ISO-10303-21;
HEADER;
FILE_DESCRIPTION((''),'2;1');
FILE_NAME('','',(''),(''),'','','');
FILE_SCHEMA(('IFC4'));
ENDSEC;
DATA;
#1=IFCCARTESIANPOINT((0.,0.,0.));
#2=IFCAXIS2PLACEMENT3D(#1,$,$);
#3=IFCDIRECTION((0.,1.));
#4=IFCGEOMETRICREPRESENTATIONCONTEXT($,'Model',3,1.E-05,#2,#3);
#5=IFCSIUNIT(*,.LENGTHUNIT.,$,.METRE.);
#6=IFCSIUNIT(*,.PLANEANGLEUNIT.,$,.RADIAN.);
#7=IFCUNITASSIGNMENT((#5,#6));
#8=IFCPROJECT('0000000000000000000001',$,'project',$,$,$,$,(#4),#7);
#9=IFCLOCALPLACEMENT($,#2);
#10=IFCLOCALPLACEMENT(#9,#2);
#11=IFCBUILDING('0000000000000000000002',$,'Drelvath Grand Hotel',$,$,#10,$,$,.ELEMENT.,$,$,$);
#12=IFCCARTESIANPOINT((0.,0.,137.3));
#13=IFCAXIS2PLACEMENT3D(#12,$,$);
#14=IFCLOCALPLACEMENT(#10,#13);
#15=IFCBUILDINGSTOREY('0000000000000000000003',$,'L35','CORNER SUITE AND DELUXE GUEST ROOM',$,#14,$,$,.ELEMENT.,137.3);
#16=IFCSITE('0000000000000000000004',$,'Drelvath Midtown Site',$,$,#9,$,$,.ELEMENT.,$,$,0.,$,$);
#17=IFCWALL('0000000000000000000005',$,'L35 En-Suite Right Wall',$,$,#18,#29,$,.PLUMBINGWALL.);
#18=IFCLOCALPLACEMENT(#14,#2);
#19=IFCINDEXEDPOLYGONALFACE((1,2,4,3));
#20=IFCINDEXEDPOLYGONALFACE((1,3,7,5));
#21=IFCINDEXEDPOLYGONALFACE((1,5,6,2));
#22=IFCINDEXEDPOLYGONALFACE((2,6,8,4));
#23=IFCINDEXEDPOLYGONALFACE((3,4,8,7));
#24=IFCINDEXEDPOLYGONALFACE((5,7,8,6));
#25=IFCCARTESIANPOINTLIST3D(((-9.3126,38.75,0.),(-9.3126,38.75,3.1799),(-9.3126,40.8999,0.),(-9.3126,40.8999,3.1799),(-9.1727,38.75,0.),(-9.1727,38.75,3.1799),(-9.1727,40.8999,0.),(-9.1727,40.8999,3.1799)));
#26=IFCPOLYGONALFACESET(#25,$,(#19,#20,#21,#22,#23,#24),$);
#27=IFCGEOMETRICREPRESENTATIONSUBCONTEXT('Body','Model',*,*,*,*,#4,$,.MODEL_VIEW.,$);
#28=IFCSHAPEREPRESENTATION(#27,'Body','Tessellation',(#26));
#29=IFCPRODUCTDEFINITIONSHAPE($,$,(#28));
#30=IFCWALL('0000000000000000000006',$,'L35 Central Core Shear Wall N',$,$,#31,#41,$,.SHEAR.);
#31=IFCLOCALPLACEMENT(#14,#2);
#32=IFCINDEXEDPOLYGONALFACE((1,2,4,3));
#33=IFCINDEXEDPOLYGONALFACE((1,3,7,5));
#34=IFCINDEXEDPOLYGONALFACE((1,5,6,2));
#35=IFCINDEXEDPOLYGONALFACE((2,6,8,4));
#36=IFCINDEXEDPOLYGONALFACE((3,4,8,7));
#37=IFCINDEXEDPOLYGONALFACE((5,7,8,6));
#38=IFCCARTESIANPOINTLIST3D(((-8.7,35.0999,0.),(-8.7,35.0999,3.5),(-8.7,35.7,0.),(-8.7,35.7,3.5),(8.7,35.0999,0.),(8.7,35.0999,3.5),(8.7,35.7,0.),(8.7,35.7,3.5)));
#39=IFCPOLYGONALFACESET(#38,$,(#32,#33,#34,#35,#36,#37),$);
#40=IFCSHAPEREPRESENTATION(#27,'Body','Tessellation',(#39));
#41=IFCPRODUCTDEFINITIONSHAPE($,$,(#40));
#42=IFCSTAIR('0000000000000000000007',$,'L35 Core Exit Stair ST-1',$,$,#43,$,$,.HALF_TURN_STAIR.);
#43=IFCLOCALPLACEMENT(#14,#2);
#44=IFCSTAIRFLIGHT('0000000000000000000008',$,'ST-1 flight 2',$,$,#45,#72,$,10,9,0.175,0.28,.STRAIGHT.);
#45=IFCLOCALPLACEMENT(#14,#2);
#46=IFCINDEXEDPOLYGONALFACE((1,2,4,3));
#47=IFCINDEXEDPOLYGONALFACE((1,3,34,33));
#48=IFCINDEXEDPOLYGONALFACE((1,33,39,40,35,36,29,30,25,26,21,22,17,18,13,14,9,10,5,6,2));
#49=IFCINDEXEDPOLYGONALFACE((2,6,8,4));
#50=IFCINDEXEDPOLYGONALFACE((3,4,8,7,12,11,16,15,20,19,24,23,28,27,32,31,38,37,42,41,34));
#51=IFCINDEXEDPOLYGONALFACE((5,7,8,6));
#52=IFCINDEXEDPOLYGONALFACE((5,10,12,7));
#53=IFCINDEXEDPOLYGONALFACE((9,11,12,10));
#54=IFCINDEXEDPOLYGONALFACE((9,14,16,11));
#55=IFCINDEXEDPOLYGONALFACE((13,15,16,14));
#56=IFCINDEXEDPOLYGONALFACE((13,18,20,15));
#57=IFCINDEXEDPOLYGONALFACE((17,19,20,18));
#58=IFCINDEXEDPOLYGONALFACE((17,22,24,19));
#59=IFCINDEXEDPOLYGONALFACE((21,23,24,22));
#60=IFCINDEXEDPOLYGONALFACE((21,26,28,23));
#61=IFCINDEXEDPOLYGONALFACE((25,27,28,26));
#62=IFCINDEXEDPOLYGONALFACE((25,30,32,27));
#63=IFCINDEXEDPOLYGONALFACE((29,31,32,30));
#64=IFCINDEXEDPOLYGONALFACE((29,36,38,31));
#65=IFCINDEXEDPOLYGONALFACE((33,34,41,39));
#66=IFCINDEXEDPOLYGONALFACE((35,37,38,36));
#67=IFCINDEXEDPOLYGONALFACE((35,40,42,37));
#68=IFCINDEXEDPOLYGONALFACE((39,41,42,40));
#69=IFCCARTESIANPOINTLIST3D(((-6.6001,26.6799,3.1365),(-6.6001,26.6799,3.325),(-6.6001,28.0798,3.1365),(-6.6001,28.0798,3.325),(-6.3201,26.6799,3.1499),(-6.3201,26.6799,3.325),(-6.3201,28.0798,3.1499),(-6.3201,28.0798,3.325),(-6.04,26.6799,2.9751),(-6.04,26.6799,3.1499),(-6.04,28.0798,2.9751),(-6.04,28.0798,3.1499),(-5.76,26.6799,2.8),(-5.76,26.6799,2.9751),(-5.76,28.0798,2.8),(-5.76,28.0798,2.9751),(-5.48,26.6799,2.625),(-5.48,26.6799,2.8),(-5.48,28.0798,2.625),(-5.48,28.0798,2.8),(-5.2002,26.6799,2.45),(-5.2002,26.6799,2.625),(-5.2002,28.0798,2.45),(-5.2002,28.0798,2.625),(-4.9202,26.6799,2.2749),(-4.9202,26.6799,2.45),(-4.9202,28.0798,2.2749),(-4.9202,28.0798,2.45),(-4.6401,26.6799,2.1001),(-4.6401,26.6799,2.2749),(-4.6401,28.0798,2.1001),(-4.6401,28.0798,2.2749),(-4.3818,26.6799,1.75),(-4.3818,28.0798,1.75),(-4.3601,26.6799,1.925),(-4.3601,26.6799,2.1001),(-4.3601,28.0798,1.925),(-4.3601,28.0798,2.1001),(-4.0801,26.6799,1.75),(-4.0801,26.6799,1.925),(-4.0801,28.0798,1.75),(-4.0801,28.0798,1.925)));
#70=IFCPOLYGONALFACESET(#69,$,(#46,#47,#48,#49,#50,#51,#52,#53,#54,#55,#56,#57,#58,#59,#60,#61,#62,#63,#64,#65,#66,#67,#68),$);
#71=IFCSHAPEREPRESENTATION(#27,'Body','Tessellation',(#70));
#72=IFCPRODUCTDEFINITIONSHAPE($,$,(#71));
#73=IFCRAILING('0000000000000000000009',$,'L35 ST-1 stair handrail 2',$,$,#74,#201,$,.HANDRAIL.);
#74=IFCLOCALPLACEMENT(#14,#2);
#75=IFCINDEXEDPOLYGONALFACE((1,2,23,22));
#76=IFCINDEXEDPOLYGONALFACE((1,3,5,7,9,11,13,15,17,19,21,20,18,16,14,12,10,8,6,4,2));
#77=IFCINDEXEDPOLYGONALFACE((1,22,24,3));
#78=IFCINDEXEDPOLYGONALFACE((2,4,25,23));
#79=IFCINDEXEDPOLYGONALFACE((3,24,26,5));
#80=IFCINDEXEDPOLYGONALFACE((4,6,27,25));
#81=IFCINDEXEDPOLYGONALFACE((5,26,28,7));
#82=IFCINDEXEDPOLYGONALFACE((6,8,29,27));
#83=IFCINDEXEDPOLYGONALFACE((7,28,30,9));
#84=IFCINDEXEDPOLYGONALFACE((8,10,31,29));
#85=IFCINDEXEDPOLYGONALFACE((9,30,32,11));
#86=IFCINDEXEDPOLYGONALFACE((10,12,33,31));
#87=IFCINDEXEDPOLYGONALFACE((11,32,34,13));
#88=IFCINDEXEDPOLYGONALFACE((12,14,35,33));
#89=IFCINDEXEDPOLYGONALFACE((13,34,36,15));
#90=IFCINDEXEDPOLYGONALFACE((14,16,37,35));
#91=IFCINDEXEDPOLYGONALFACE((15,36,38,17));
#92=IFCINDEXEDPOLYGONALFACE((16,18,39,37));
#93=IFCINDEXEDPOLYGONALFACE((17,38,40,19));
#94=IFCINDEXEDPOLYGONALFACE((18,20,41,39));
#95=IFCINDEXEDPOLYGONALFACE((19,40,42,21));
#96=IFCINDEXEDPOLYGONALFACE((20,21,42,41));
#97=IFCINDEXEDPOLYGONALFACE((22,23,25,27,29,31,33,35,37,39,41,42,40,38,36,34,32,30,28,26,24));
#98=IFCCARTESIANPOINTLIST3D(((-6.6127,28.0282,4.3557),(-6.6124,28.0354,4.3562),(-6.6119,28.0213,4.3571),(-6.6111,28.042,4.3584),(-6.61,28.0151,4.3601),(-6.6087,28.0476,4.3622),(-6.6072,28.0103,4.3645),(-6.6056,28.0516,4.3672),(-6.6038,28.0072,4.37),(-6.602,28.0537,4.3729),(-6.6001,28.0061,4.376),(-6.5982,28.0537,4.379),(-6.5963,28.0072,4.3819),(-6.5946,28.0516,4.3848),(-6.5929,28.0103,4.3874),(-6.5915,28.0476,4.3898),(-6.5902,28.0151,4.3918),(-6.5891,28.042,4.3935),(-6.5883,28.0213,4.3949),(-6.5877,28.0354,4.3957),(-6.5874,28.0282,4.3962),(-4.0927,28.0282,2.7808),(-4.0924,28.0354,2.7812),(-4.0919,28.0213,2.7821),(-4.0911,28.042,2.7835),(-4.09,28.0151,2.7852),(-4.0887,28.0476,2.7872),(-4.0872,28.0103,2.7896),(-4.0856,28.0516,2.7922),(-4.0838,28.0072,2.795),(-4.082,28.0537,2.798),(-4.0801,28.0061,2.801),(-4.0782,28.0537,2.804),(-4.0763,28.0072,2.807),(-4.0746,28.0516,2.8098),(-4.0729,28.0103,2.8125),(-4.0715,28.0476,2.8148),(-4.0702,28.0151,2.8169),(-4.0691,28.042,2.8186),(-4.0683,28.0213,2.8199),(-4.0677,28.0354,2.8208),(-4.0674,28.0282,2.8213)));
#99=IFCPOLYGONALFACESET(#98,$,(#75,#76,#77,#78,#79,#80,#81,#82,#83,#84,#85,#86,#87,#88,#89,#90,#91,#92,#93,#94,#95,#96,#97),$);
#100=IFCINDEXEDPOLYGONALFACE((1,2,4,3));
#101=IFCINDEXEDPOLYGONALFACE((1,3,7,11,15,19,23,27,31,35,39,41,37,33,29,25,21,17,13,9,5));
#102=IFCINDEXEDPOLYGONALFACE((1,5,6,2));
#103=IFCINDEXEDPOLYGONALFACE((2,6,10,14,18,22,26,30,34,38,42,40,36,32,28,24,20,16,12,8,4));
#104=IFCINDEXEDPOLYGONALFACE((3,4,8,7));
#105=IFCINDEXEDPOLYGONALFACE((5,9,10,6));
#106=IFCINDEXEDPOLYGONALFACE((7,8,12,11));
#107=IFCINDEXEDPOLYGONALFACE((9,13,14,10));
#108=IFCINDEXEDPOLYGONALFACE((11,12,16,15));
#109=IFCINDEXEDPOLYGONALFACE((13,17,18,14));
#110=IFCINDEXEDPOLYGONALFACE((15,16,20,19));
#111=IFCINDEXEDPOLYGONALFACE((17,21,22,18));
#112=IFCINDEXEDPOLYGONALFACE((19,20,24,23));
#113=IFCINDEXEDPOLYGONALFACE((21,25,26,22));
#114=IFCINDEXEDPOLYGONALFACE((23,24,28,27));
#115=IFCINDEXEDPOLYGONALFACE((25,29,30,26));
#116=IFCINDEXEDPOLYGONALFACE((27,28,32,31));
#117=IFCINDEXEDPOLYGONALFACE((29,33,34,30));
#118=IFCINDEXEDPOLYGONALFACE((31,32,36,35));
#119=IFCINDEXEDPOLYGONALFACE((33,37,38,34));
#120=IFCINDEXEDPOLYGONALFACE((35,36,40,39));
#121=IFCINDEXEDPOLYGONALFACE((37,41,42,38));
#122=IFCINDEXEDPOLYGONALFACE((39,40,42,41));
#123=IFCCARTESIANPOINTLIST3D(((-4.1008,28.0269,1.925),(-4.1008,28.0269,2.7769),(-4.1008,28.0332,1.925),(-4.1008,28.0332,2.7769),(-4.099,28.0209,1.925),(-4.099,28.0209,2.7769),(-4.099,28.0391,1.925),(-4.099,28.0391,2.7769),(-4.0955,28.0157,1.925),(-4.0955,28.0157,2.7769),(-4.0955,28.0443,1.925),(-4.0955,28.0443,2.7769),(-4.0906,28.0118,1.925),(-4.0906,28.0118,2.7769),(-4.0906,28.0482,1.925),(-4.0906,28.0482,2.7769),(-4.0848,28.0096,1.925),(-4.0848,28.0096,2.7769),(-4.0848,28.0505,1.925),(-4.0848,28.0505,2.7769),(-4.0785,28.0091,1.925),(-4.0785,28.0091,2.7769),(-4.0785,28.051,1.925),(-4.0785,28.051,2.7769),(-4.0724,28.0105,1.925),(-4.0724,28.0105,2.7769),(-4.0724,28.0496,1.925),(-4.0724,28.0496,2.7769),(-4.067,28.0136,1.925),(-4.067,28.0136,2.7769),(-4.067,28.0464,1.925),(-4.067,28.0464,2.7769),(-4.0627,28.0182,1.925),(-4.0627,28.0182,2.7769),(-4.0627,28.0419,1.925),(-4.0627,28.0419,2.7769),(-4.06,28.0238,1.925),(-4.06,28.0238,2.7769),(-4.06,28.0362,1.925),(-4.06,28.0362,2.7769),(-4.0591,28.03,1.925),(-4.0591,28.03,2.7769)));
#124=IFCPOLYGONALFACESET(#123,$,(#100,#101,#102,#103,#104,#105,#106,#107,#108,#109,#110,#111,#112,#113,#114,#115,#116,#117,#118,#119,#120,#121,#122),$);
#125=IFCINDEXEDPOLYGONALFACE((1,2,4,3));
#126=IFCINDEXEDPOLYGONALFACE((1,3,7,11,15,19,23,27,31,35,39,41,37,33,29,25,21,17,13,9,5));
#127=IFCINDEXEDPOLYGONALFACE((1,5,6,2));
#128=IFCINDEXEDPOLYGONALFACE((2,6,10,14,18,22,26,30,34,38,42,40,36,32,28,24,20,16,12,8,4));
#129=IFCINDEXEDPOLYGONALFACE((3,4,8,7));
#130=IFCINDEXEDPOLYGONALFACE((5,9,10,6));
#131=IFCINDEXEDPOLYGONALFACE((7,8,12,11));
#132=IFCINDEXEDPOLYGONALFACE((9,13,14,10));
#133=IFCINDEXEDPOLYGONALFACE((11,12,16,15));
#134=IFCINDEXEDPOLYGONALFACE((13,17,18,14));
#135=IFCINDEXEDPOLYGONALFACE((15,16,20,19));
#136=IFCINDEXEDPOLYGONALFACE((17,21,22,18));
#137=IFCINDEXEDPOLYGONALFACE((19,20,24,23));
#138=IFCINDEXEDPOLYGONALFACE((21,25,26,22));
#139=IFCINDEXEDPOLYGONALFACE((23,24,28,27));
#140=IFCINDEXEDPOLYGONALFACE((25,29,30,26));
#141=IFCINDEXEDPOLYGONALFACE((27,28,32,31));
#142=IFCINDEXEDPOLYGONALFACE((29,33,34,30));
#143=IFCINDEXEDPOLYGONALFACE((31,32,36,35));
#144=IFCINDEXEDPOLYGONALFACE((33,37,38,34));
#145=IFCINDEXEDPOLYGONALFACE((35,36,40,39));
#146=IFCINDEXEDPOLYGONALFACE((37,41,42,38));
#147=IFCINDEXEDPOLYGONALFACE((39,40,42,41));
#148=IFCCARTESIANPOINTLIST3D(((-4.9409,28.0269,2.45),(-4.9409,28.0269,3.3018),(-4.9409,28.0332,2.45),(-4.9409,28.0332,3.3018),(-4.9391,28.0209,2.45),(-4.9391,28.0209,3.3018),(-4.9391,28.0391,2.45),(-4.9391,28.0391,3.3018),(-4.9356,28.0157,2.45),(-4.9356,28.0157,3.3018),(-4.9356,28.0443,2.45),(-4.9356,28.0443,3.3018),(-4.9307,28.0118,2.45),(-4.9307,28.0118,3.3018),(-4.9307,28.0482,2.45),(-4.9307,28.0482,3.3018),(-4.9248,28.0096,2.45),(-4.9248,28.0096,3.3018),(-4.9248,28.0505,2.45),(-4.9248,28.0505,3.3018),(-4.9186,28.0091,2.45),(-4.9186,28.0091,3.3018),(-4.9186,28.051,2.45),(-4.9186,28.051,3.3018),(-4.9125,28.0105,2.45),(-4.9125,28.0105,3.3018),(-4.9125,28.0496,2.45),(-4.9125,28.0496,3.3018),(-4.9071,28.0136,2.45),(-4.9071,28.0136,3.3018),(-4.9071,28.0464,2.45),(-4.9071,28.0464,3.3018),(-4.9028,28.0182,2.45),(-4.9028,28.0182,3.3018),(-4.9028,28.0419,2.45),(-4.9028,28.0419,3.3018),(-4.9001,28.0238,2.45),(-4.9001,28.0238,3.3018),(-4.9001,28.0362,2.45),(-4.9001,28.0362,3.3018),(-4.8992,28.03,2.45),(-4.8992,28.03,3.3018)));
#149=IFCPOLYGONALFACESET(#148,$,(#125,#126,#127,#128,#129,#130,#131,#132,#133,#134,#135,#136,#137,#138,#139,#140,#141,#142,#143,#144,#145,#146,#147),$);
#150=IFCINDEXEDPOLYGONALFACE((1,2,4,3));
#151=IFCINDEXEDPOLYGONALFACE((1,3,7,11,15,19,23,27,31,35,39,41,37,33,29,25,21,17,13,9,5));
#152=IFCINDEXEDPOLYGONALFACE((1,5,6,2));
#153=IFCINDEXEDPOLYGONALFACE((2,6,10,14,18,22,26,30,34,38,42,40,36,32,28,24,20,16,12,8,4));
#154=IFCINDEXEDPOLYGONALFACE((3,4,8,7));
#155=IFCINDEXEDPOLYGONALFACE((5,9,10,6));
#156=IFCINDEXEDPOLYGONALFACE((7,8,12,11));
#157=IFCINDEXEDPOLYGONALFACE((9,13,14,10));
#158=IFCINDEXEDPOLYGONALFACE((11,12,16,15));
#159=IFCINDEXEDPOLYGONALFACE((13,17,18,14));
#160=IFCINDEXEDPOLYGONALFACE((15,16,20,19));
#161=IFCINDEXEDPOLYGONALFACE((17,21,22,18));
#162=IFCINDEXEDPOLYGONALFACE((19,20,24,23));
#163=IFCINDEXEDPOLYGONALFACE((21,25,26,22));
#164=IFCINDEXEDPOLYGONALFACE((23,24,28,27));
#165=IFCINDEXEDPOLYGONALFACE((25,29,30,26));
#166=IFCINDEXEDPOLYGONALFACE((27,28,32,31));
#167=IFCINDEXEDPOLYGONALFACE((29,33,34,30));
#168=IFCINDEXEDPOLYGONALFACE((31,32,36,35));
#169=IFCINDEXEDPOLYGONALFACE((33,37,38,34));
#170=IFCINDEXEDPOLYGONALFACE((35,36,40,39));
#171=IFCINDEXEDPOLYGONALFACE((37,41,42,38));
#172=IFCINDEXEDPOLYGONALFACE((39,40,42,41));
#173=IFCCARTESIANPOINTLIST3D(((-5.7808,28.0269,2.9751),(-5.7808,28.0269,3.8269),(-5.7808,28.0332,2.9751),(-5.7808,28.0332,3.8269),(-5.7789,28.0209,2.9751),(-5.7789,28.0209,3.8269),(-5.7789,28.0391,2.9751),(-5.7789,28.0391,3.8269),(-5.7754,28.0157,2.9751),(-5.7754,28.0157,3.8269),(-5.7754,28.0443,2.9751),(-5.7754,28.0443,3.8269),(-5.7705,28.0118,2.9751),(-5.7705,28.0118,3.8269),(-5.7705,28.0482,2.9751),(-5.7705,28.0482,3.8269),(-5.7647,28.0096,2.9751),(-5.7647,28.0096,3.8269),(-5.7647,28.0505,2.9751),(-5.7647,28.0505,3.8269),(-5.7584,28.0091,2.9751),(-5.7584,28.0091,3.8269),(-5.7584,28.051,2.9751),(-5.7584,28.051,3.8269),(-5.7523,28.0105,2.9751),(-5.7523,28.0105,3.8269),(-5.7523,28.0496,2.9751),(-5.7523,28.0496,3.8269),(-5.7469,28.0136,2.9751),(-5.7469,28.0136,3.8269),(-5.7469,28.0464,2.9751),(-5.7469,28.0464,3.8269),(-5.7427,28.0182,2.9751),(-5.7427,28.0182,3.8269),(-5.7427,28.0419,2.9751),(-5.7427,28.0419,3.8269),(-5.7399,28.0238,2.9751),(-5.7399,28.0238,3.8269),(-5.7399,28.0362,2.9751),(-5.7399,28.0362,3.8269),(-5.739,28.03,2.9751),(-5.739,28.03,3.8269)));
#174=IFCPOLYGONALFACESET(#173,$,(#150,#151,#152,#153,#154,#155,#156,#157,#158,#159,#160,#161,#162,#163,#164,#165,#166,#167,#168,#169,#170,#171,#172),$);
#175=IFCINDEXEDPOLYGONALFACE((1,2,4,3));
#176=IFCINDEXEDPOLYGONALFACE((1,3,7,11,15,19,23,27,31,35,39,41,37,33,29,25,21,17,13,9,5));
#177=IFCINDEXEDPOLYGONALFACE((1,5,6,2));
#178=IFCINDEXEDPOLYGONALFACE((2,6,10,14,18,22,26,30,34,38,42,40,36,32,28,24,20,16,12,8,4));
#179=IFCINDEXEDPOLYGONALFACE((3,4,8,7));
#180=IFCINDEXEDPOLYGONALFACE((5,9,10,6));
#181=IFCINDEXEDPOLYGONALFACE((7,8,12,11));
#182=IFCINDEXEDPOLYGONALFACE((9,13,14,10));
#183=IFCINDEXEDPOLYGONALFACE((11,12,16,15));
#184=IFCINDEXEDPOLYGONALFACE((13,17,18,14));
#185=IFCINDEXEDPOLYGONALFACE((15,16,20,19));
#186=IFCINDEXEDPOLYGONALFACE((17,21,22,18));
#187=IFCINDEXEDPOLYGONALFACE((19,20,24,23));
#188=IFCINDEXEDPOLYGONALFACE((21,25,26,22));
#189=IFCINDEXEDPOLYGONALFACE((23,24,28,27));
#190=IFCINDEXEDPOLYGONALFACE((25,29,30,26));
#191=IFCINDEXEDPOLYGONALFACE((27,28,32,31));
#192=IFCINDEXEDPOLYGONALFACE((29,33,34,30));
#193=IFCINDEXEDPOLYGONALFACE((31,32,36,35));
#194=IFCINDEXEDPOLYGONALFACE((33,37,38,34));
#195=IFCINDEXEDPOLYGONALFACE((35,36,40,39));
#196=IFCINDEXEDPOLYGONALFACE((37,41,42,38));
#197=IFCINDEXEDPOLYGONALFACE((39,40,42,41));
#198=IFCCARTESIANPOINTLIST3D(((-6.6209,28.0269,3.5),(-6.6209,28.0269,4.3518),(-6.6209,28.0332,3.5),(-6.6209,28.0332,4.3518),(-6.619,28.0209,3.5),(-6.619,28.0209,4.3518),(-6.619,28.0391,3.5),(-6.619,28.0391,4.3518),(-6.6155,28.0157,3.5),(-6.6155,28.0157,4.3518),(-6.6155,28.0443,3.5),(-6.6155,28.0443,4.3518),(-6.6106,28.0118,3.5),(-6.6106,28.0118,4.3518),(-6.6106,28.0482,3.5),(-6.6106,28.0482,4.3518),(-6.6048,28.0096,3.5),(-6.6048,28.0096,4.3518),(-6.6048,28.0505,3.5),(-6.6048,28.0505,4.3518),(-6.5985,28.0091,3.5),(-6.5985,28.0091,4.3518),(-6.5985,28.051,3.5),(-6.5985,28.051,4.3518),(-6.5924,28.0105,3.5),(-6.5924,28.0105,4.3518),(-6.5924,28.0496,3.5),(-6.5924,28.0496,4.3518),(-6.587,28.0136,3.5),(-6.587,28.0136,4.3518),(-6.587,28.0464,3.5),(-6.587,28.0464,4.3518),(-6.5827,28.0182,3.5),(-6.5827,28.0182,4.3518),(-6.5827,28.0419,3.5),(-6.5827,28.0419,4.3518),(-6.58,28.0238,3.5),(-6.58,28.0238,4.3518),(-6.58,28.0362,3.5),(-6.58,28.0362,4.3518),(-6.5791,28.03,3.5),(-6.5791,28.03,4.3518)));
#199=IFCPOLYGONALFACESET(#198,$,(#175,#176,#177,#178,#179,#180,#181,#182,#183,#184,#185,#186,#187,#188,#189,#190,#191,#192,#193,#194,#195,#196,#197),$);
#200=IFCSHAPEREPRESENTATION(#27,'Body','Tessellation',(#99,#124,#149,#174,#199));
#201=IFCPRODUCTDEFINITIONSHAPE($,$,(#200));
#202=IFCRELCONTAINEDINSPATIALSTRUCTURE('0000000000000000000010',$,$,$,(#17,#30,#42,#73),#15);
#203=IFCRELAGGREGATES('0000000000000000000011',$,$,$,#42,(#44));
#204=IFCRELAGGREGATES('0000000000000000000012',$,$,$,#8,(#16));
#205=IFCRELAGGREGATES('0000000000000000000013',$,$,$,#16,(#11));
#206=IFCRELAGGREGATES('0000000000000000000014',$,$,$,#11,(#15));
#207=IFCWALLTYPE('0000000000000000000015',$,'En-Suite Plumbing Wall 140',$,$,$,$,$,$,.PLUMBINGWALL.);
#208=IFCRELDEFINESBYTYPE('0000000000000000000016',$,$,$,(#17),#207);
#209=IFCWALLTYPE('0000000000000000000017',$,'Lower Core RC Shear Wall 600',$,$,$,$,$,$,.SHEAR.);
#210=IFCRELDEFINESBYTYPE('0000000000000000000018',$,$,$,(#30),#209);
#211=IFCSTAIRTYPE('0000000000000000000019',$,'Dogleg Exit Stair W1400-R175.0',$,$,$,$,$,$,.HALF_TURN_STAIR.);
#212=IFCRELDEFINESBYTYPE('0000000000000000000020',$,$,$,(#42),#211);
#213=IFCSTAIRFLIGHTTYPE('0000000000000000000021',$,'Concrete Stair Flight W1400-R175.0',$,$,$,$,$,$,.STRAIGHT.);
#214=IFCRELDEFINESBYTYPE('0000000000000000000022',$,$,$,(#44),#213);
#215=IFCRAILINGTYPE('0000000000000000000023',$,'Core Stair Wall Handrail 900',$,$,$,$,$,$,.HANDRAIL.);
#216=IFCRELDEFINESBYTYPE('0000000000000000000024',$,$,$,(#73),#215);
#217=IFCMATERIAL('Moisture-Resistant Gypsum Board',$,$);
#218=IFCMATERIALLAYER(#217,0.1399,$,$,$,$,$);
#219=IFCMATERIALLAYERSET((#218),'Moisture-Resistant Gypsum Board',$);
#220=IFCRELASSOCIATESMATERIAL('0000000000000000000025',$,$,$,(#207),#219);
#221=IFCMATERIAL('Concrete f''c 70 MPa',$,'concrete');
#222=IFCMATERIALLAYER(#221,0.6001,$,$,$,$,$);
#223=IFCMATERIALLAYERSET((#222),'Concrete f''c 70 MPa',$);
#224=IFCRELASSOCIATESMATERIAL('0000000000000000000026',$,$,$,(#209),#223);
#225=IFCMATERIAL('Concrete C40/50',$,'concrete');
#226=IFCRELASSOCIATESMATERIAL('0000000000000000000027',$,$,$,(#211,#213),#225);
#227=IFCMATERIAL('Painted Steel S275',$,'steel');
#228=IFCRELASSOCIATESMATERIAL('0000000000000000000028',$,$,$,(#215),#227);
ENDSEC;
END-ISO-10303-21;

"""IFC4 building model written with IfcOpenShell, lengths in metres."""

from ifc_helpers import new_model, si_unit, direction, frame, frame_2d, origin, origin_2d, place, context, subcontext, project, spatial, polyline, rectangle, circle, outline, extrude, material, layer, layer_set, type_object, element, aggregate, save


model = new_model("IFC4")

# Units and contexts
model_context = context("Model", 3, precision=1e-05, world=origin(), true_north=direction((0.0, 1.0)))
body_context = subcontext(model_context, "Body", "Model", "MODEL_VIEW")
ifc_project = project(units=[si_unit("LENGTHUNIT", "METRE"), si_unit("PLANEANGLEUNIT", "RADIAN")], contexts=[model_context])

# Site, building, storey
site_placement = place(None, origin())
site = spatial("IfcSite", under=ifc_project, at=site_placement, Name="Drelvath Midtown Site", CompositionType="ELEMENT", RefElevation=0.0)
building_placement = place(site_placement, origin())
building = spatial("IfcBuilding", under=site, at=building_placement, Name="Drelvath Grand Hotel", CompositionType="ELEMENT")
storey_placement = place(building_placement, frame((0.0, 0.0, 137.3)))
storey = spatial("IfcBuildingStorey", under=building, at=storey_placement, Name="L35", Description="CORNER SUITE AND DELUXE GUEST ROOM", CompositionType="ELEMENT", Elevation=137.3)

# Shared definitions
ifc_material_1 = material(Name="Concrete f'c 70 MPa", Category="concrete")

# Shared definitions
ifc_material_2 = material(Name="Painted Steel S275", Category="steel")

# Shared definitions
ifc_material_3 = material(Name="Concrete C40/50", Category="concrete")

# Walls
ifc_material_4 = material(Name="Moisture-Resistant Gypsum Board")
ifc_layer_1 = layer(ifc_material_4, 0.1399)
ifc_layer_set_1 = layer_set([ifc_layer_1], Name="Moisture-Resistant Gypsum Board")
wall_type_1 = type_object("IfcWallType", Name="En-Suite Plumbing Wall 140", PredefinedType="PLUMBINGWALL", material=ifc_layer_set_1)
wall_1_placement = place(storey_placement, frame((-9.2427, 38.75, 0.0), z_axis=(0.0, 0.0, 1.0), x_axis=(0.0, 1.0, 0.0)))
element("IfcWall", 1, at=wall_1_placement, inside=storey, type_object=wall_type_1, Name="L35 En-Suite Right Wall", PredefinedType="PLUMBINGWALL", context=body_context, shape_type="SweptSolid", body=[
    extrude(rectangle(XDim=2.1499, YDim=0.1399, at=frame_2d((1.075, 0.0))), origin(), (0.0, 0.0, 1.0), 3.1799),
])
ifc_layer_2 = layer(ifc_material_1, 0.6001)
ifc_layer_set_2 = layer_set([ifc_layer_2], Name="Concrete f'c 70 MPa")
wall_type_2 = type_object("IfcWallType", Name="Lower Core RC Shear Wall 600", PredefinedType="SHEAR", material=ifc_layer_set_2)
wall_2_placement = place(storey_placement, frame((-8.7, 35.3999, 0.0), z_axis=(0.0, 0.0, 1.0), x_axis=(1.0, 0.0, 0.0)))
element("IfcWall", 2, at=wall_2_placement, inside=storey, type_object=wall_type_2, Name="L35 Central Core Shear Wall N", PredefinedType="SHEAR", context=body_context, shape_type="SweptSolid", body=[
    extrude(rectangle(XDim=17.3999, YDim=0.6001, at=frame_2d((8.7, 0.0))), origin(), (0.0, 0.0, 1.0), 3.5),
])

# Stair, stair flight
stair_type = type_object("IfcStairType", Name="Dogleg Exit Stair W1400-R175.0", PredefinedType="HALF_TURN_STAIR", material=ifc_material_3)
stair_placement = place(storey_placement, origin())
stair = element("IfcStair", 3, at=stair_placement, inside=storey, type_object=stair_type, Name="L35 Core Exit Stair ST-1", PredefinedType="HALF_TURN_STAIR")
stair_flight_type = type_object("IfcStairFlightType", Name="Concrete Stair Flight W1400-R175.0", PredefinedType="STRAIGHT", material=ifc_material_3)
stair_flight_placement = place(storey_placement, frame((-4.0801, 27.3799, 1.75), z_axis=(0.0, 0.0, 1.0), x_axis=(-1.0, 0.0, 0.0)))
stair_flight = element("IfcStairFlight", 4, at=stair_flight_placement, type_object=stair_flight_type, Name="ST-1 flight 2", NumberOfRisers=10, NumberOfTreads=9, PredefinedType="STRAIGHT", RiserHeight=0.175, TreadLength=0.28, context=body_context, shape_type="SweptSolid", body=[
    extrude(outline(polyline([(0.0, 0.0), (0.0, 0.175), (0.28, 0.175), (0.28, 0.3501), (0.5601, 0.3501), (0.5601, 0.5249), (0.8401, 0.5249), (0.8401, 0.7), (1.1201, 0.7), (1.1201, 0.875), (1.3999, 0.875), (1.3999, 1.05), (1.6799, 1.05), (1.6799, 1.2251), (1.96, 1.2251), (1.96, 1.3999), (2.24, 1.3999), (2.24, 1.575), (2.52, 1.575), (2.52, 1.75), (2.52, 1.3865), (0.3018, 0.0), (0.0, 0.0)])), frame((0.0, 0.7, 0.0), z_axis=(0.0, -1.0, 0.0), x_axis=(1.0, 0.0, 0.0)), (0.0, 0.0, 1.0), 1.3999),
])
aggregate(stair, [stair_flight])

# Railing
railing_type = type_object("IfcRailingType", Name="Core Stair Wall Handrail 900", PredefinedType="HANDRAIL", material=ifc_material_2)
railing_placement = place(storey_placement, frame((-4.0801, 28.03, 1.925)))
element("IfcRailing", 5, at=railing_placement, inside=storey, type_object=railing_type, Name="L35 ST-1 stair handrail 2", PredefinedType="HANDRAIL", context=body_context, shape_type="SweptSolid", body=[
    extrude(circle(Radius=0.0239, at=origin_2d()), frame((0.0, 0.0, 0.876), z_axis=(-0.848008, 0.0, 0.529984), x_axis=(0.0, -1.0, 0.0)), (0.0, 0.0, 1.0), 2.9717),
    extrude(circle(Radius=0.021, at=origin_2d()), origin(), (0.0, 0.0, 1.0), 0.8518),
    extrude(circle(Radius=0.021, at=origin_2d()), frame((-0.8401, 0.0, 0.5249)), (0.0, 0.0, 1.0), 0.8518),
    extrude(circle(Radius=0.021, at=origin_2d()), frame((-1.6799, 0.0, 1.05)), (0.0, 0.0, 1.0), 0.8518),
    extrude(circle(Radius=0.021, at=origin_2d()), frame((-2.52, 0.0, 1.575)), (0.0, 0.0, 1.0), 0.8518),
])

save(model, "model.ifc")
